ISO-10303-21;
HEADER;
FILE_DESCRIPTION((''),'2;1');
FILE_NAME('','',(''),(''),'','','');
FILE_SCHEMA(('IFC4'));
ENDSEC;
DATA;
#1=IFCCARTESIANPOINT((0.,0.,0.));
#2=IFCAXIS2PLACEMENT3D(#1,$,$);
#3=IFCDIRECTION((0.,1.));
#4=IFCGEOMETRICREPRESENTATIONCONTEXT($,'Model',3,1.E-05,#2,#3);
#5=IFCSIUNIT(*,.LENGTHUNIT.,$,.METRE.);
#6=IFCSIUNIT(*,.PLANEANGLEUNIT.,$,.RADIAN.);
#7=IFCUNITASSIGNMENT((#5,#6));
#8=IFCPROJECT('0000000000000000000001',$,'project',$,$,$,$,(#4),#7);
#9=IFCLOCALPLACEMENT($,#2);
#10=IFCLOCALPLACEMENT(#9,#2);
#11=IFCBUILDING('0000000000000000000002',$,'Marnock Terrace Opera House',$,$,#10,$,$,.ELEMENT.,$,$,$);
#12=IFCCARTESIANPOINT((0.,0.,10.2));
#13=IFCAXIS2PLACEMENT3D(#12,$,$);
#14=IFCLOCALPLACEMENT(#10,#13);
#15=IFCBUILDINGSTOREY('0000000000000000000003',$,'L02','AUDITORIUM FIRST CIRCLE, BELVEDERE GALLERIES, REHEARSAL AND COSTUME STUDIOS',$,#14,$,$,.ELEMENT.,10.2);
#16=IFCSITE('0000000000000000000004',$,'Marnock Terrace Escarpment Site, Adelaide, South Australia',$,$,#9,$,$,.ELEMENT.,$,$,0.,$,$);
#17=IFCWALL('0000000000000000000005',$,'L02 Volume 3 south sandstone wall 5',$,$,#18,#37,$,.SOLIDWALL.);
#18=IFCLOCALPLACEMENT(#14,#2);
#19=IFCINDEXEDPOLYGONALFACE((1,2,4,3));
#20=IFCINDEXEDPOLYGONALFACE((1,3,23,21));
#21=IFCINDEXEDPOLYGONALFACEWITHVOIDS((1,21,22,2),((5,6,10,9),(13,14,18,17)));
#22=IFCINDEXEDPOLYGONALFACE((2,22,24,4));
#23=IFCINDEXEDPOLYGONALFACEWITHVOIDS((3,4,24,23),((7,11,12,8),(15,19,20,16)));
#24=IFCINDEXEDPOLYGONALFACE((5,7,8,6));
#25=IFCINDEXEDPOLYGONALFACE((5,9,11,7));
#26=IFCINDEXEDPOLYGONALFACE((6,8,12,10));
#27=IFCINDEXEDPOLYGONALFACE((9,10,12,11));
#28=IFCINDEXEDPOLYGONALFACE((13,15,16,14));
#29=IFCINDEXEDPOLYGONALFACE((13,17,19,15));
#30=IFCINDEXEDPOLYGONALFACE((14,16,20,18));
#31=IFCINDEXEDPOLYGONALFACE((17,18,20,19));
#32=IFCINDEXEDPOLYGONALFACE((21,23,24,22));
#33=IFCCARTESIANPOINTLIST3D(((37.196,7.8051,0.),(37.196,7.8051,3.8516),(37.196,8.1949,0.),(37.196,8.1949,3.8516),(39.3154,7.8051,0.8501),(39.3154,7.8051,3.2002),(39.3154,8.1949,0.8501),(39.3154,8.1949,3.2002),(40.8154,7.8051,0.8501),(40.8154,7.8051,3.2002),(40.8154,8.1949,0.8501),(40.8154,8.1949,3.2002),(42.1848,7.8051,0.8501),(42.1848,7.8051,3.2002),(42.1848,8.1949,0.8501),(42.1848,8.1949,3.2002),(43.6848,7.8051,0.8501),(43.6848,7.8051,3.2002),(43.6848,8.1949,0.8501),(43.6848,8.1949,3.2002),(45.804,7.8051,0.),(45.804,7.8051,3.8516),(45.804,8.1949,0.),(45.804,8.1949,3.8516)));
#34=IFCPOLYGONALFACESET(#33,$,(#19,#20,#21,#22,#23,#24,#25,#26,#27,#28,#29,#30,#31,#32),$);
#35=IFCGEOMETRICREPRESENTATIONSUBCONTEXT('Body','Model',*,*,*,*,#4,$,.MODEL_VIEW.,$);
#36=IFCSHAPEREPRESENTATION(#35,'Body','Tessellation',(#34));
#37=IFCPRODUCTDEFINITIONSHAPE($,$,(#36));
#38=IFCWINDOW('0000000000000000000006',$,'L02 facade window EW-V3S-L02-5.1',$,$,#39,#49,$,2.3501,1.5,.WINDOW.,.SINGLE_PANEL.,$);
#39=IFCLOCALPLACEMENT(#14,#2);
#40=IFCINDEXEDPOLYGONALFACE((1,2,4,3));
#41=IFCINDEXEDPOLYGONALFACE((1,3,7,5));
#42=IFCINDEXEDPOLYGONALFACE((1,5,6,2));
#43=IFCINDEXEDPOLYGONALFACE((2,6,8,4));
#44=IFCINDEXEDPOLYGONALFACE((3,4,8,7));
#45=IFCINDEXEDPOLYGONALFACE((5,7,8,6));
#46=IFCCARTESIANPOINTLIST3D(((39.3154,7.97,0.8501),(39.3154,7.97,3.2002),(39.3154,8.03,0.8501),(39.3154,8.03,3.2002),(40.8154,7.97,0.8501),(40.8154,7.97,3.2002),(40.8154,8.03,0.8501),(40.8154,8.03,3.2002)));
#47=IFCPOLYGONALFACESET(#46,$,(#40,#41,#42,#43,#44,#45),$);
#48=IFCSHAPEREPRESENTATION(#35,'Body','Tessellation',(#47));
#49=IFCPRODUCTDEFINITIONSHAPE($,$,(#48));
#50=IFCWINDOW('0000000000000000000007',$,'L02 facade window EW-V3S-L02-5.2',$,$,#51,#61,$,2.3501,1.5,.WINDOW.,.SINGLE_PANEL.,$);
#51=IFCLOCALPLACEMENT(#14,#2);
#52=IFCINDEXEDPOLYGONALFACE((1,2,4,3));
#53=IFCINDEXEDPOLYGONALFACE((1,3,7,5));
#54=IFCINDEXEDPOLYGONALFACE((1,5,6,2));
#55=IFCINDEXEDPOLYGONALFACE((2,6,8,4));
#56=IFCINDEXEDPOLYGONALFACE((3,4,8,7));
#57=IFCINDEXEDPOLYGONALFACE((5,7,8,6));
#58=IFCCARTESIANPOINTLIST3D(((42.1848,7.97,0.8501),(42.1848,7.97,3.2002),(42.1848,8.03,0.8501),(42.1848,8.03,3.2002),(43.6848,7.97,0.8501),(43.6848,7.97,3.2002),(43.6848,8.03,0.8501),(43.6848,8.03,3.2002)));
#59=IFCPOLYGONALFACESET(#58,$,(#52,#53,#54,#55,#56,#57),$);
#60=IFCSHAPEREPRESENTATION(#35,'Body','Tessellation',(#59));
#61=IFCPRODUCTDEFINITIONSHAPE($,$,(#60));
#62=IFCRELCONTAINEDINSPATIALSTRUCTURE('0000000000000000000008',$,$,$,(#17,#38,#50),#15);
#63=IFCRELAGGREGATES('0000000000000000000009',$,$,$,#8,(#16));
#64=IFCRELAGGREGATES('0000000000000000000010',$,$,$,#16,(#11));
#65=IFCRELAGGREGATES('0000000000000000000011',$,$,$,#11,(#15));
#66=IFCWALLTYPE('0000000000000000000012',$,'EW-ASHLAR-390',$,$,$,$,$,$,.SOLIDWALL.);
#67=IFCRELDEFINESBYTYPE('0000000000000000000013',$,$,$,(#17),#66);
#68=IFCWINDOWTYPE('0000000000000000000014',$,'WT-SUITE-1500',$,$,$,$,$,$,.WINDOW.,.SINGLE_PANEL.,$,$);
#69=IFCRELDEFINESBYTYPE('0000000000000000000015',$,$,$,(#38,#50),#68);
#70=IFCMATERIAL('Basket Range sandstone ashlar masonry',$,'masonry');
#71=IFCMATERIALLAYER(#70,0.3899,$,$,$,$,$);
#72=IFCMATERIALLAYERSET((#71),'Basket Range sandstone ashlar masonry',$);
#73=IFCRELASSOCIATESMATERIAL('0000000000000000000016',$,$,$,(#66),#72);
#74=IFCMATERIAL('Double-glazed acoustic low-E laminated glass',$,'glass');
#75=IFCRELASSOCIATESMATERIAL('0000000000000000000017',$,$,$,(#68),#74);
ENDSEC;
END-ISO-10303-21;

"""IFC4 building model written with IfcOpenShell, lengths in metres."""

from ifc_helpers import new_model, si_unit, direction, frame, frame_2d, origin, place, context, subcontext, project, spatial, rectangle, extrude, material, layer, layer_set, type_object, element, fill, save


model = new_model("IFC4")

# Units and contexts
model_context = context("Model", 3, precision=1e-05, world=origin(), true_north=direction((0.0, 1.0)))
body_context = subcontext(model_context, "Body", "Model", "MODEL_VIEW")
ifc_project = project(units=[si_unit("LENGTHUNIT", "METRE"), si_unit("PLANEANGLEUNIT", "RADIAN")], contexts=[model_context])

# Site, building, storey
site_placement = place(None, origin())
site = spatial("IfcSite", under=ifc_project, at=site_placement, Name="Marnock Terrace Escarpment Site, Adelaide, South Australia", CompositionType="ELEMENT", RefElevation=0.0)
building_placement = place(site_placement, origin())
building = spatial("IfcBuilding", under=site, at=building_placement, Name="Marnock Terrace Opera House", CompositionType="ELEMENT")
storey_placement = place(building_placement, frame((0.0, 0.0, 10.2)))
storey = spatial("IfcBuildingStorey", under=building, at=storey_placement, Name="L02", Description="AUDITORIUM FIRST CIRCLE, BELVEDERE GALLERIES, REHEARSAL AND COSTUME STUDIOS", CompositionType="ELEMENT", Elevation=10.2)

# Shared definitions
ifc_material_1 = material(Name="Double-glazed acoustic low-E laminated glass", Category="glass")

# Wall, openings, windows
ifc_material_2 = material(Name="Basket Range sandstone ashlar masonry", Category="masonry")
ifc_layer_1 = layer(ifc_material_2, 0.3899)
ifc_layer_set_1 = layer_set([ifc_layer_1], Name="Basket Range sandstone ashlar masonry")
wall_type = type_object("IfcWallType", Name="EW-ASHLAR-390", PredefinedType="SOLIDWALL", material=ifc_layer_set_1)
wall_placement = place(storey_placement, frame((37.196, 8.0, 0.0), z_axis=(0.0, 0.0, 1.0), x_axis=(1.0, 0.0, 0.0)))
wall = element("IfcWall", 1, at=wall_placement, inside=storey, type_object=wall_type, Name="L02 Volume 3 south sandstone wall 5", PredefinedType="SOLIDWALL", context=body_context, shape_type="SweptSolid", body=[
    extrude(rectangle(XDim=8.6079, YDim=0.3899, at=frame_2d((4.304, 0.0))), origin(), (0.0, 0.0, 1.0), 3.8516),
])
opening_1_placement = place(wall_placement, frame((2.1194, 0.0, 0.8501)))
opening_1 = element("IfcOpeningElement", 2, at=opening_1_placement, cuts=wall, PredefinedType="OPENING", context=body_context, shape_type="SweptSolid", body=[
    extrude(rectangle(XDim=1.5, YDim=2.3501, at=frame_2d((0.75, 1.175))), frame((0.0, 0.2048, 0.0), z_axis=(0.0, -1.0, 0.0), x_axis=(1.0, 0.0, 0.0)), (0.0, 0.0, 1.0), 0.4099),
])
opening_2_placement = place(wall_placement, frame((4.9888, 0.0, 0.8501)))
opening_2 = element("IfcOpeningElement", 3, at=opening_2_placement, cuts=wall, PredefinedType="OPENING", context=body_context, shape_type="SweptSolid", body=[
    extrude(rectangle(XDim=1.5, YDim=2.3501, at=frame_2d((0.75, 1.175))), frame((0.0, 0.2048, 0.0), z_axis=(0.0, -1.0, 0.0), x_axis=(1.0, 0.0, 0.0)), (0.0, 0.0, 1.0), 0.4099),
])
window_type = type_object("IfcWindowType", Name="WT-SUITE-1500", PartitioningType="SINGLE_PANEL", PredefinedType="WINDOW", material=ifc_material_1)
window_1_placement = place(opening_1_placement, origin())
window_1 = element("IfcWindow", 4, at=window_1_placement, inside=storey, type_object=window_type, Name="L02 facade window EW-V3S-L02-5.1", OverallHeight=2.3501, OverallWidth=1.5, PartitioningType="SINGLE_PANEL", PredefinedType="WINDOW", context=body_context, shape_type="SweptSolid", body=[
    extrude(rectangle(XDim=1.5, YDim=2.3501, at=frame_2d((0.75, 1.175))), frame((0.0, 0.03, 0.0), z_axis=(0.0, -1.0, 0.0), x_axis=(1.0, 0.0, 0.0)), (0.0, 0.0, 1.0), 0.0601),
])
fill(opening_1, window_1)
window_2_placement = place(opening_2_placement, origin())
window_2 = element("IfcWindow", 5, at=window_2_placement, inside=storey, type_object=window_type, Name="L02 facade window EW-V3S-L02-5.2", OverallHeight=2.3501, OverallWidth=1.5, PartitioningType="SINGLE_PANEL", PredefinedType="WINDOW", context=body_context, shape_type="SweptSolid", body=[
    extrude(rectangle(XDim=1.5, YDim=2.3501, at=frame_2d((0.75, 1.175))), frame((0.0, 0.03, 0.0), z_axis=(0.0, -1.0, 0.0), x_axis=(1.0, 0.0, 0.0)), (0.0, 0.0, 1.0), 0.0601),
])
fill(opening_2, window_2)

save(model, "model.ifc")
